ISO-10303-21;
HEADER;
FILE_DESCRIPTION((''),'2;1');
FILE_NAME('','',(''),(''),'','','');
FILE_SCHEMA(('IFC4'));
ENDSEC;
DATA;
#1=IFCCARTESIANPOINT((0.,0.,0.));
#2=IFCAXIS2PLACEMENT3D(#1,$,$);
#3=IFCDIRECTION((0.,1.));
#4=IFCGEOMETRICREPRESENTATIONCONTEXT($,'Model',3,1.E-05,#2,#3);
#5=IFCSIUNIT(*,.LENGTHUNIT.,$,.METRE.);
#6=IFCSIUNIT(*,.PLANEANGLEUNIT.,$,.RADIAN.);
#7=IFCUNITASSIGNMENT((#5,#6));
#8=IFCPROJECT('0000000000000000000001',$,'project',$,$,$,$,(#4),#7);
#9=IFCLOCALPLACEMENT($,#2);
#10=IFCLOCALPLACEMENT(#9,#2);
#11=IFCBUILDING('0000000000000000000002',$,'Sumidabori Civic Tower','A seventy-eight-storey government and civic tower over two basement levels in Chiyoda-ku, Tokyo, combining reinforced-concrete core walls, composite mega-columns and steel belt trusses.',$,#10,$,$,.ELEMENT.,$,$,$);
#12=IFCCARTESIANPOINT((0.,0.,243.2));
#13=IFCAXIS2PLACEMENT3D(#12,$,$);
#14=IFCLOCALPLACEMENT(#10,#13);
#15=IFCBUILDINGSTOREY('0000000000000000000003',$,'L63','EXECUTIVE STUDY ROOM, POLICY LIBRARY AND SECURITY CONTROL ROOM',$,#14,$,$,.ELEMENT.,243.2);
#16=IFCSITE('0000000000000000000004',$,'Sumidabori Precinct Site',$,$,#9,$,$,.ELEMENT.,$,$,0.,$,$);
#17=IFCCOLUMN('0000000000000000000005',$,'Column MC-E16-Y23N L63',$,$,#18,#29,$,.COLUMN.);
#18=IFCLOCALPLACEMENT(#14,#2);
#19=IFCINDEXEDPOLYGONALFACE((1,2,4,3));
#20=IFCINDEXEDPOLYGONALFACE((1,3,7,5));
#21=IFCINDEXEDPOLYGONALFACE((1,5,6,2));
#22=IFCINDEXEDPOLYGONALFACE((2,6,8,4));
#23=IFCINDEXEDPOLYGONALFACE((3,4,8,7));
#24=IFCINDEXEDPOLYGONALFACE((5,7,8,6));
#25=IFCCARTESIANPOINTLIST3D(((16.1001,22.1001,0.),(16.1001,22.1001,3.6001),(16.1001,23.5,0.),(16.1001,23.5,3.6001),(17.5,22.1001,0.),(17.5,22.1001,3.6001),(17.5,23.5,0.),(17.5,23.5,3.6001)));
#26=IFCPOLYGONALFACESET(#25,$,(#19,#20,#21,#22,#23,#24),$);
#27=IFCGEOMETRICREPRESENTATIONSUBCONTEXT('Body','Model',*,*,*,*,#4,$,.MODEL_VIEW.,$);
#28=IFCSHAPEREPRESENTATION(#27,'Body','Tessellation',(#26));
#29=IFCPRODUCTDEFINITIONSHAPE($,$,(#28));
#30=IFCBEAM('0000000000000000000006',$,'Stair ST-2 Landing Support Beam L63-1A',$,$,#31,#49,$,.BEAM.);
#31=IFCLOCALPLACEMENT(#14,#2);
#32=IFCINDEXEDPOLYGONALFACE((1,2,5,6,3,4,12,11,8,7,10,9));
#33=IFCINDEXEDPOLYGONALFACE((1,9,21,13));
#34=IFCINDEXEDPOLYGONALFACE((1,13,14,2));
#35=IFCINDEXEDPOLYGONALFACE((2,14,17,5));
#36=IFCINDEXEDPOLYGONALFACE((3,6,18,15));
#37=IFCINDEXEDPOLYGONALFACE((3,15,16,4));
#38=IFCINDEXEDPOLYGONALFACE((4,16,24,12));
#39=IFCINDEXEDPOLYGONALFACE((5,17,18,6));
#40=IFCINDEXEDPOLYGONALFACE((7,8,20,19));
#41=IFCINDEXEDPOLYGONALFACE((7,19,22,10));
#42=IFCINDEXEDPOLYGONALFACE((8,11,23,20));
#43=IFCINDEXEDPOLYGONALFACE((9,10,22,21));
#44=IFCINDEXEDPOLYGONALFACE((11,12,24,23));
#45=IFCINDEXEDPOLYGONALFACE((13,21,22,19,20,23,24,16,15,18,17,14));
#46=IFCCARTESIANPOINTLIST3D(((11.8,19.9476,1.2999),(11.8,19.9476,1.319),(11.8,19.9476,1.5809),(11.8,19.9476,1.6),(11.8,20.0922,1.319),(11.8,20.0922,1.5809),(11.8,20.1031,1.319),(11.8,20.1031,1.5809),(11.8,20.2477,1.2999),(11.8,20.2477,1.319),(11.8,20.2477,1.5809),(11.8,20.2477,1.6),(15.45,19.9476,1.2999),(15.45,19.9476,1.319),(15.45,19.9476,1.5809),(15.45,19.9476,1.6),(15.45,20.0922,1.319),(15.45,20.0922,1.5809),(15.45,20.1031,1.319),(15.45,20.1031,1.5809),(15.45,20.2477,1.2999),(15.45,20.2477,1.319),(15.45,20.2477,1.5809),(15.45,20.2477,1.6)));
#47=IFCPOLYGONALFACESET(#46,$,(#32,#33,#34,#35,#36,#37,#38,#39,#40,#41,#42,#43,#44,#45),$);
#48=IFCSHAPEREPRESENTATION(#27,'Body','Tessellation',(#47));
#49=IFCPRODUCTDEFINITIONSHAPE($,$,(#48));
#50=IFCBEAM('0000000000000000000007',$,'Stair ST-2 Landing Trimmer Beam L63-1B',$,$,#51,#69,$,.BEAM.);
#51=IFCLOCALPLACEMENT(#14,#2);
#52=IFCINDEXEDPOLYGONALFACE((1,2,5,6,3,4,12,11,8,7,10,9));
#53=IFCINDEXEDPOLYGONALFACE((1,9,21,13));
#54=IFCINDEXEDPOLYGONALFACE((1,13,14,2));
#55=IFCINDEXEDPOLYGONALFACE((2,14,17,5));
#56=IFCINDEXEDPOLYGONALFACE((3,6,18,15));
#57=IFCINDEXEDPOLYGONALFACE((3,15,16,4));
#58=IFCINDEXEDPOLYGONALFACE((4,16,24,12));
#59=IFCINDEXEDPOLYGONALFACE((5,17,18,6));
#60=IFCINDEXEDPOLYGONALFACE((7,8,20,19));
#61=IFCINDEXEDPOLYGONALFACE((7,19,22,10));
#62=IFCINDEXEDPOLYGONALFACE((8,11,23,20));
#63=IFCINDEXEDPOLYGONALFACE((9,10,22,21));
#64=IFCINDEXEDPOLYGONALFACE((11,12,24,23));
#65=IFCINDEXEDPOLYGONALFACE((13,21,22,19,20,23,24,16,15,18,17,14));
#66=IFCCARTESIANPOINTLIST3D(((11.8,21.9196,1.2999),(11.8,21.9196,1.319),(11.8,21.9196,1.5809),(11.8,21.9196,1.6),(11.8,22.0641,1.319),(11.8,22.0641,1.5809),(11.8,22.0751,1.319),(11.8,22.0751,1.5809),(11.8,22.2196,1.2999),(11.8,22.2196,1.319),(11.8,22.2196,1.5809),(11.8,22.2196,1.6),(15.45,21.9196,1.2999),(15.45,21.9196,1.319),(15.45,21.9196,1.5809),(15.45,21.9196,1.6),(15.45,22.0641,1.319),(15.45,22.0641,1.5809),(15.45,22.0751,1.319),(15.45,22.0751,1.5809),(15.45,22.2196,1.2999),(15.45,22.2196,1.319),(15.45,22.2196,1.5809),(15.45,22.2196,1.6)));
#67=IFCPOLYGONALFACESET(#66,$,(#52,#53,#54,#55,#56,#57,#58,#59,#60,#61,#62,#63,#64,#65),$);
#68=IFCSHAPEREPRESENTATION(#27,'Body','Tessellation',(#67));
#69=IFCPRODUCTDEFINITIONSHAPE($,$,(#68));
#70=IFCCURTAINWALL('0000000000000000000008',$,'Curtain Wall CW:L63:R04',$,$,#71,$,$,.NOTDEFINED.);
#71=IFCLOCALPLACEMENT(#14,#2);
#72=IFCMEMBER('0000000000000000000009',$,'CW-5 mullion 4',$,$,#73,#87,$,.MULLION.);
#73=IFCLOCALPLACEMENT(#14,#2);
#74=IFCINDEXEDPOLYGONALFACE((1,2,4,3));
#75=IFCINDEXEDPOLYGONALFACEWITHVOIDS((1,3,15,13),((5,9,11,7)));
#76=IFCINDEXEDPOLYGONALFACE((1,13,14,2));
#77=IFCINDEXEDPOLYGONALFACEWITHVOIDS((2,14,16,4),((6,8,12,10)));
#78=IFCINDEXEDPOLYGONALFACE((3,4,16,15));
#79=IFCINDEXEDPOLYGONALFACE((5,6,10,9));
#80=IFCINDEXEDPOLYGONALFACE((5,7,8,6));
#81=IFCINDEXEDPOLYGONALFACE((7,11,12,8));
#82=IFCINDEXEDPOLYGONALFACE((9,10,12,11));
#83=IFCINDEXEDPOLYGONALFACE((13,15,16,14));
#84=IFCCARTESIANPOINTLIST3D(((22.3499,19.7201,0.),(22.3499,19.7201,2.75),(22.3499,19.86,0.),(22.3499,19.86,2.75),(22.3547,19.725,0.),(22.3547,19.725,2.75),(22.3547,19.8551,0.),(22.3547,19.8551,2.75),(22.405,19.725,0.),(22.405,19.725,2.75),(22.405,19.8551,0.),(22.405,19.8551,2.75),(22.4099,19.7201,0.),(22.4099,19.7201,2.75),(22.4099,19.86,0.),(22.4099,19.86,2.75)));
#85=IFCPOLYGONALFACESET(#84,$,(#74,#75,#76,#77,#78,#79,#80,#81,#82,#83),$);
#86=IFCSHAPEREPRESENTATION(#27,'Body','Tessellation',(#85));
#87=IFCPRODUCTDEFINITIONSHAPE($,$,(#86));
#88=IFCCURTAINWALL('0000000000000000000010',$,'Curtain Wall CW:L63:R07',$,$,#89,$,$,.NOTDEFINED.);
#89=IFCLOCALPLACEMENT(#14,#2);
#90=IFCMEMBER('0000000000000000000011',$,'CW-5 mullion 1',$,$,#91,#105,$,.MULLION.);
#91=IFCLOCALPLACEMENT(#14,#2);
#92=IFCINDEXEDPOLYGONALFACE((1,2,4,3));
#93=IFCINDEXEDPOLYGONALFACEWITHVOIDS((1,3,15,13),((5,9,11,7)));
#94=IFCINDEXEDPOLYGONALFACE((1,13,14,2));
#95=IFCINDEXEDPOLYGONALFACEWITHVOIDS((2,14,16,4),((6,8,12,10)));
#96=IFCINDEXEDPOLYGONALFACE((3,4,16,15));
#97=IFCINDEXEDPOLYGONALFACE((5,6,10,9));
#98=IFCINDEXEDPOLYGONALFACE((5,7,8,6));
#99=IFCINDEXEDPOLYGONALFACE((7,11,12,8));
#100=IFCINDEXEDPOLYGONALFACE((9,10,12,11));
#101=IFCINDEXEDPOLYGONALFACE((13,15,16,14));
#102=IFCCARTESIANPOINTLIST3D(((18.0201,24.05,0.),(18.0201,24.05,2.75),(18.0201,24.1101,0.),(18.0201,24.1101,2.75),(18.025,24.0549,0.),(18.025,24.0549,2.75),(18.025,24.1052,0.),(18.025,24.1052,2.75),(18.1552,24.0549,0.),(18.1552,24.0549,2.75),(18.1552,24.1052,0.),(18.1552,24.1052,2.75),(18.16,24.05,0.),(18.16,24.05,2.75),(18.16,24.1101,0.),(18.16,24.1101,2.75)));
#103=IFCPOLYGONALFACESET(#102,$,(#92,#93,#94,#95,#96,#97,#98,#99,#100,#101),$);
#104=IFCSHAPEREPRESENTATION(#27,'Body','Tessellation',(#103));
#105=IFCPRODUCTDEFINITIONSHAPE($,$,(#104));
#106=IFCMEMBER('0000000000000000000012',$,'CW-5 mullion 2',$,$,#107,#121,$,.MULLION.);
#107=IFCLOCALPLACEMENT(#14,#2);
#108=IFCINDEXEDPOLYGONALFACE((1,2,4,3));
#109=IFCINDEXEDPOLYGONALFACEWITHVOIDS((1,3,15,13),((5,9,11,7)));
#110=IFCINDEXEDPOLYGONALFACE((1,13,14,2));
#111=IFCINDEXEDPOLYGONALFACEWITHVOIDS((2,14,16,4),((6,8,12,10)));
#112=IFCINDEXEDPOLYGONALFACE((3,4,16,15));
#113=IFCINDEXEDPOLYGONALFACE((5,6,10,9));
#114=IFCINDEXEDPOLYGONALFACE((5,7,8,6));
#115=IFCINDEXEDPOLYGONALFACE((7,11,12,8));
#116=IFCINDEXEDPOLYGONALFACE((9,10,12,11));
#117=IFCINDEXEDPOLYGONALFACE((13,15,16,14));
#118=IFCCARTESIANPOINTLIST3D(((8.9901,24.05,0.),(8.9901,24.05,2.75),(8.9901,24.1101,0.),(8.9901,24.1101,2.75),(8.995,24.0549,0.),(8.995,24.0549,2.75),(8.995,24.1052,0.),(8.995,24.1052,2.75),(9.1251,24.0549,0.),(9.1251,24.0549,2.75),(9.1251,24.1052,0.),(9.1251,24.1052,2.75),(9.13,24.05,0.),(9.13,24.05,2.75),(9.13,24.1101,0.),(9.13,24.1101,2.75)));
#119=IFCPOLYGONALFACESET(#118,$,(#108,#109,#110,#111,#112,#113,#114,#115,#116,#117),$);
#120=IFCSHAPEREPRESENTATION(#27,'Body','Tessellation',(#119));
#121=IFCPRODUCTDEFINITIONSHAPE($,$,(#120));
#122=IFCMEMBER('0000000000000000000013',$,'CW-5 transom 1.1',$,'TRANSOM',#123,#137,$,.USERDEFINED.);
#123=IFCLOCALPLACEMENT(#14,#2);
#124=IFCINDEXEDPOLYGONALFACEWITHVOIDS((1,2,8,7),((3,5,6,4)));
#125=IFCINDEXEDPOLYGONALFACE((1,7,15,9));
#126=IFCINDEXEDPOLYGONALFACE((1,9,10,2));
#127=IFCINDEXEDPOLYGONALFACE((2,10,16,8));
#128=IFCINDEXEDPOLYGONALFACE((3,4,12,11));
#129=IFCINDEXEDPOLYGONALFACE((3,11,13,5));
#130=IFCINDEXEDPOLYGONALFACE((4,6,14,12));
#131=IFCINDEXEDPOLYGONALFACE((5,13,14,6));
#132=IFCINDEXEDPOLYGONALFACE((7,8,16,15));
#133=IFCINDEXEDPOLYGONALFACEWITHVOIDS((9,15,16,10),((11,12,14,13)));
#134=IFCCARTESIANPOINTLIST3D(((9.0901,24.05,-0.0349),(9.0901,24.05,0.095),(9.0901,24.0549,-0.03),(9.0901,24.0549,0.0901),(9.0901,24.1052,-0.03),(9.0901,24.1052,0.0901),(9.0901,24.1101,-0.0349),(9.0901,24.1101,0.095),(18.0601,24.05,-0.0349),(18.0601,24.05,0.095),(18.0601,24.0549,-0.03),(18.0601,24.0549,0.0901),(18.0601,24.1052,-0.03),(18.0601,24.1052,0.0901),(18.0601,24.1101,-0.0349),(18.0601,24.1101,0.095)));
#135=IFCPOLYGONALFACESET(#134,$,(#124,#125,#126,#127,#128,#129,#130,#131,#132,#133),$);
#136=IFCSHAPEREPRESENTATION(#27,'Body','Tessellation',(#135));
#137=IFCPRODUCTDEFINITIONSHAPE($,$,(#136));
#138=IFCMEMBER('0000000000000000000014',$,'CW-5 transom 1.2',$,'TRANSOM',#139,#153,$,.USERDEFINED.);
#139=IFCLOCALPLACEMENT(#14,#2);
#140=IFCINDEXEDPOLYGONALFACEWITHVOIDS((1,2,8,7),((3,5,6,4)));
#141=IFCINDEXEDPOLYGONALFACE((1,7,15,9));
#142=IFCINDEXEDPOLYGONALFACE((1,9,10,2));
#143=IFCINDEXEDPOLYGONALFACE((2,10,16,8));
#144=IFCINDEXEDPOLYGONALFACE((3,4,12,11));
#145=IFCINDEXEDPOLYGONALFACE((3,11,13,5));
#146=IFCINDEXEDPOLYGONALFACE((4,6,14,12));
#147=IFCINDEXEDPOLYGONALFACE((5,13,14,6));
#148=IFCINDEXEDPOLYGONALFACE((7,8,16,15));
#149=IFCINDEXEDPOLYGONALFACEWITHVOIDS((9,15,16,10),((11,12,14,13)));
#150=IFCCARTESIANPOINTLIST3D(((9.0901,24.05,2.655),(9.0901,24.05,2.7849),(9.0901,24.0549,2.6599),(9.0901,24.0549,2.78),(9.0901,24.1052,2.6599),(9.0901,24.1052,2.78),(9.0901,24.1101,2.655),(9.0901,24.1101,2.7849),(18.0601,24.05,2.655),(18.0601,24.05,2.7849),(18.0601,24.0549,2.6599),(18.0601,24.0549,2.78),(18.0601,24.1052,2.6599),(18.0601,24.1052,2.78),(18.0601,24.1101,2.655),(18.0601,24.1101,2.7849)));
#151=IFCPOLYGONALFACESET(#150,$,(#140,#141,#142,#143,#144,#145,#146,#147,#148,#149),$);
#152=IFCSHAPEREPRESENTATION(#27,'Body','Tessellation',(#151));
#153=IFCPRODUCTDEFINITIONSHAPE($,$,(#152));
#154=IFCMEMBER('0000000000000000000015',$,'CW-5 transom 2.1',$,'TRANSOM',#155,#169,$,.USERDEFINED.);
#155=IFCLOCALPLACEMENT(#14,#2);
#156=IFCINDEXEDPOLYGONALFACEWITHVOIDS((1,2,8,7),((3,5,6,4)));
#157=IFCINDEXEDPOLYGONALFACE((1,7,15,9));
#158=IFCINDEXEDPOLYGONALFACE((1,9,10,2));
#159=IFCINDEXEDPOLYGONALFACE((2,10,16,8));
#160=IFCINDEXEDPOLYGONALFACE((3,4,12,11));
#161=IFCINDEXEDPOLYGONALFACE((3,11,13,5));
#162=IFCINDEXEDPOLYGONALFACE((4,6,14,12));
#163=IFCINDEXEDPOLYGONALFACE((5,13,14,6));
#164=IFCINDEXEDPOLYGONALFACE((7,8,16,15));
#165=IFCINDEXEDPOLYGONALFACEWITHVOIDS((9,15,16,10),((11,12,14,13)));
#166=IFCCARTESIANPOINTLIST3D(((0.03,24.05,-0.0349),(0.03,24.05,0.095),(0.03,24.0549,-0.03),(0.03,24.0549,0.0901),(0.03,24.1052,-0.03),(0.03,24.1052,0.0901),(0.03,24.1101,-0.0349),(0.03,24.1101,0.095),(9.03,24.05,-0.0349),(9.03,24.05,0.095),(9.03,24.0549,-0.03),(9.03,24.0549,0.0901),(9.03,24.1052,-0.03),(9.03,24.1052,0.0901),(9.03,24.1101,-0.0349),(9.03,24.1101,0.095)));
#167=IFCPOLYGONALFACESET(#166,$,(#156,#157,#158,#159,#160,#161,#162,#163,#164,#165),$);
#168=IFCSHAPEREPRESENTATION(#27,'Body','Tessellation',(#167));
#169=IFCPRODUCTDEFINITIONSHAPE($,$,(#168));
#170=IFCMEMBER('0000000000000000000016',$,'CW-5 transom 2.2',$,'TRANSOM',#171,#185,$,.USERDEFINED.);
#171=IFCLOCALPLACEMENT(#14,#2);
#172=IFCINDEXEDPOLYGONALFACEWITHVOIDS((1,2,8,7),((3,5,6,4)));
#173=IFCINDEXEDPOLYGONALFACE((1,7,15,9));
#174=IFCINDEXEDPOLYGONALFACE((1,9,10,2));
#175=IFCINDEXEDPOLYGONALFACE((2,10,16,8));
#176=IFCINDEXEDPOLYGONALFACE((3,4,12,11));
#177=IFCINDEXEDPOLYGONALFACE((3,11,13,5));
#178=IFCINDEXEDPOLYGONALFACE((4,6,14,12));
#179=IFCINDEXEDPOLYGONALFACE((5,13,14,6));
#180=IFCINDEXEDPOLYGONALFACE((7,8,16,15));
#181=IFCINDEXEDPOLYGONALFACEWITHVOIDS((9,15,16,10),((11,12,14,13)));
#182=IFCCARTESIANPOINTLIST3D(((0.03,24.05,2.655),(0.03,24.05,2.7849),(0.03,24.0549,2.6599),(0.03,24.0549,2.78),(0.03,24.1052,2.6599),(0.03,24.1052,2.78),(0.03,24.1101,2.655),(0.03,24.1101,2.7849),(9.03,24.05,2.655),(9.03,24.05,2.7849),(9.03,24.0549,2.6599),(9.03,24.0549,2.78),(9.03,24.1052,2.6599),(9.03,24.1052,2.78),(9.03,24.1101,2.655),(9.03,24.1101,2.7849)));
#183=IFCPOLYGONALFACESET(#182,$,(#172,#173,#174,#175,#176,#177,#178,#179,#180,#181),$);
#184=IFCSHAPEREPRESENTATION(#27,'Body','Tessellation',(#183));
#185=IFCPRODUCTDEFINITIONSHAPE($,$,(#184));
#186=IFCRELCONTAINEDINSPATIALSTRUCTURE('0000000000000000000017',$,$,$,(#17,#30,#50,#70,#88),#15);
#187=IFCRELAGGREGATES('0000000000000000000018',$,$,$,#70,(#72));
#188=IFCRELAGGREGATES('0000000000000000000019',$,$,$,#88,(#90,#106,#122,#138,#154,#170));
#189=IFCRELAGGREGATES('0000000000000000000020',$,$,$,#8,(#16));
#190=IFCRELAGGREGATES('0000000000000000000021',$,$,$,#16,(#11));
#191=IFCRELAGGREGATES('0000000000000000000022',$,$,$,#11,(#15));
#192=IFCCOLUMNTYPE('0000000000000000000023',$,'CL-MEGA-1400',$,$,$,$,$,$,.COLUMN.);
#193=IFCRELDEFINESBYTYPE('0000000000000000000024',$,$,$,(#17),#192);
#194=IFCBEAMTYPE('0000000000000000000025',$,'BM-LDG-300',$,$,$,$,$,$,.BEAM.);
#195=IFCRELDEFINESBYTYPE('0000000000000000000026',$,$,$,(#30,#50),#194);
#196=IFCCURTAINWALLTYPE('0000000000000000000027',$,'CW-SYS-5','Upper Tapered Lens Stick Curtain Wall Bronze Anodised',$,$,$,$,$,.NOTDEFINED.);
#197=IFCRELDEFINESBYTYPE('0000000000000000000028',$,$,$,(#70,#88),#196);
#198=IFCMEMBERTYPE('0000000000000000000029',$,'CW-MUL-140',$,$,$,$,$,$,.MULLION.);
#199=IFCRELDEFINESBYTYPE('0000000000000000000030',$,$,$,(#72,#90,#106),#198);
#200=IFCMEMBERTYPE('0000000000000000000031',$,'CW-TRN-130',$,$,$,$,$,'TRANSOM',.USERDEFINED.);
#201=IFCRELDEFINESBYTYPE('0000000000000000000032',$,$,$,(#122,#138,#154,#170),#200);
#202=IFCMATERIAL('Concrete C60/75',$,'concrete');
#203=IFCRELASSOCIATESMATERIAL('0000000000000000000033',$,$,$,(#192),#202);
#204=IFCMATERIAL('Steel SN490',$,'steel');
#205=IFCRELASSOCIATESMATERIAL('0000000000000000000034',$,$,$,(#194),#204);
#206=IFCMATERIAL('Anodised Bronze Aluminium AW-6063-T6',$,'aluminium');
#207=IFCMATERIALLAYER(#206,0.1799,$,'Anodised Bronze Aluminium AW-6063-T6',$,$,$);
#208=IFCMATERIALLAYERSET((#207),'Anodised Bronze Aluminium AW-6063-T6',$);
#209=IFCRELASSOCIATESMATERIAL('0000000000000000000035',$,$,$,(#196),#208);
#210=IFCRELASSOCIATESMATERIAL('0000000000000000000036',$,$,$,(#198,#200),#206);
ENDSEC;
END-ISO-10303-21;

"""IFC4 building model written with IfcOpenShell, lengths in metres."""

from ifc_helpers import new_model, si_unit, direction, frame, origin, origin_2d, place, context, subcontext, project, spatial, rectangle, hollow_rectangle, i_section, extrude, source, transform, mapped, material, layer, layer_set, material_profile, profile_set, type_object, element, aggregate, save


model = new_model("IFC4")

# Units and contexts
model_context = context("Model", 3, precision=1e-05, world=origin(), true_north=direction((0.0, 1.0)))
body_context = subcontext(model_context, "Body", "Model", "MODEL_VIEW")
ifc_project = project(units=[si_unit("LENGTHUNIT", "METRE"), si_unit("PLANEANGLEUNIT", "RADIAN")], contexts=[model_context])

# Site, building, storey
site_placement = place(None, origin())
site = spatial("IfcSite", under=ifc_project, at=site_placement, Name="Sumidabori Precinct Site", CompositionType="ELEMENT", RefElevation=0.0)
building_placement = place(site_placement, origin())
building = spatial("IfcBuilding", under=site, at=building_placement, Name="Sumidabori Civic Tower", Description="A seventy-eight-storey government and civic tower over two basement levels in Chiyoda-ku, Tokyo, combining reinforced-concrete core walls, composite mega-columns and steel belt trusses.", CompositionType="ELEMENT")
storey_placement = place(building_placement, frame((0.0, 0.0, 243.2)))
storey = spatial("IfcBuildingStorey", under=building, at=storey_placement, Name="L63", Description="EXECUTIVE STUDY ROOM, POLICY LIBRARY AND SECURITY CONTROL ROOM", CompositionType="ELEMENT", Elevation=243.2)

# Column
ifc_material_1 = material(Name="Concrete C60/75", Category="concrete")
ifc_material_profile_1 = material_profile(ifc_material_1, rectangle(XDim=1.3999, YDim=1.3999, at=origin_2d()), Name="RC 1400x1400")
ifc_profile_set_1 = profile_set([ifc_material_profile_1], Name="Concrete C60/75")
column_type = type_object("IfcColumnType", Name="CL-MEGA-1400", PredefinedType="COLUMN", material=ifc_profile_set_1)
shared_shape_1 = source(origin(), body_context, "Body", "SweptSolid", [
    extrude(rectangle(XDim=1.3999, YDim=1.3999, at=origin_2d()), origin(), (0.0, 0.0, 1.0), 3.6001),
])
column_placement = place(storey_placement, frame((16.8, 22.8, 0.0), z_axis=(0.0, 0.0, 1.0), x_axis=(1.0, 0.0, 0.0)))
element("IfcColumn", 1, at=column_placement, inside=storey, type_object=column_type, Name="Column MC-E16-Y23N L63", PredefinedType="COLUMN", context=body_context, shape_type="MappedRepresentation", body=[
    mapped(shared_shape_1, transform((0.0, 0.0, 0.0), x_axis=(1.0, 0.0, 0.0), y_axis=(0.0, 1.0, 0.0), z_axis=(0.0, 0.0, 1.0), scale=1.0)),
])

# Beams
ifc_material_2 = material(Name="Steel SN490", Category="steel")
ifc_material_profile_2 = material_profile(ifc_material_2, i_section(OverallWidth=0.3, OverallDepth=0.3, WebThickness=0.011, FlangeThickness=0.019, at=origin_2d()), Name="HE 300 B")
ifc_profile_set_2 = profile_set([ifc_material_profile_2], Name="Steel SN490")
beam_type = type_object("IfcBeamType", Name="BM-LDG-300", PredefinedType="BEAM", material=ifc_profile_set_2)
shared_shape_2 = source(origin(), body_context, "Body", "SweptSolid", [
    extrude(i_section(OverallWidth=0.3, OverallDepth=0.3, WebThickness=0.011, FlangeThickness=0.019, at=origin_2d()), origin(), (0.0, 0.0, 1.0), 3.6499),
])
for number, where, z_axis, x_axis, name in (
    (2, (11.8, 20.0977, 1.45), (1.0, 0.0, 0.0), (0.0, 1.0, 0.0), "Stair ST-2 Landing Support Beam L63-1A"),
    (3, (11.8, 22.0696, 1.45), (1.0, 0.0, 0.0), (0.0, 1.0, 0.0), "Stair ST-2 Landing Trimmer Beam L63-1B"),
):
    element("IfcBeam", number, at=place(storey_placement, frame(where, z_axis=z_axis, x_axis=x_axis)), inside=storey, type_object=beam_type, Name=name, PredefinedType="BEAM", context=body_context, shape_type="MappedRepresentation", body=[
        mapped(shared_shape_2, transform((0.0, 0.0, 0.0), x_axis=(1.0, 0.0, 0.0), y_axis=(0.0, 1.0, 0.0), z_axis=(0.0, 0.0, 1.0), scale=1.0)),
    ])

# Curtain wall, member
ifc_material_3 = material(Name="Anodised Bronze Aluminium AW-6063-T6", Category="aluminium")
ifc_layer_1 = layer(ifc_material_3, 0.1799, Name="Anodised Bronze Aluminium AW-6063-T6")
ifc_layer_set_1 = layer_set([ifc_layer_1], Name="Anodised Bronze Aluminium AW-6063-T6")
curtain_wall_type = type_object("IfcCurtainWallType", Name="CW-SYS-5", Description="Upper Tapered Lens Stick Curtain Wall Bronze Anodised", PredefinedType="NOTDEFINED", material=ifc_layer_set_1)
curtain_wall_1_placement = place(storey_placement, origin())
curtain_wall_1 = element("IfcCurtainWall", 4, at=curtain_wall_1_placement, inside=storey, type_object=curtain_wall_type, Name="Curtain Wall CW:L63:R04", PredefinedType="NOTDEFINED")
ifc_material_profile_3 = material_profile(ifc_material_3, hollow_rectangle(XDim=0.0601, YDim=0.1399, WallThickness=0.0049, at=origin_2d()), Name="ALU MULLION 140x60")
ifc_profile_set_3 = profile_set([ifc_material_profile_3], Name="Anodised Bronze Aluminium AW-6063-T6")
member_type_1 = type_object("IfcMemberType", Name="CW-MUL-140", PredefinedType="MULLION", material=ifc_profile_set_3)
shared_shape_3 = source(origin(), body_context, "Body", "SweptSolid", [
    extrude(hollow_rectangle(XDim=0.0601, YDim=0.1399, WallThickness=0.0049, at=origin_2d()), origin(), (0.0, 0.0, 1.0), 2.75),
])
member_1_placement = place(storey_placement, frame((22.3799, 19.79, 0.0), z_axis=(0.0, 0.0, 1.0), x_axis=(-1.0, 0.0, 0.0)))
member_1 = element("IfcMember", 5, at=member_1_placement, type_object=member_type_1, Name="CW-5 mullion 4", PredefinedType="MULLION", context=body_context, shape_type="MappedRepresentation", body=[
    mapped(shared_shape_3, transform((0.0, 0.0, 0.0), x_axis=(1.0, 0.0, 0.0), y_axis=(0.0, 1.0, 0.0), z_axis=(0.0, 0.0, 1.0), scale=1.0)),
])
aggregate(curtain_wall_1, [member_1])

# Curtain wall, members
curtain_wall_2_placement = place(storey_placement, origin())
curtain_wall_2 = element("IfcCurtainWall", 6, at=curtain_wall_2_placement, inside=storey, type_object=curtain_wall_type, Name="Curtain Wall CW:L63:R07", PredefinedType="NOTDEFINED")
member_2_placement = place(storey_placement, frame((18.0901, 24.0801, 0.0), z_axis=(0.0, 0.0, 1.0), x_axis=(0.0, -1.0, 0.0)))
member_2 = element("IfcMember", 7, at=member_2_placement, type_object=member_type_1, Name="CW-5 mullion 1", PredefinedType="MULLION", context=body_context, shape_type="MappedRepresentation", body=[
    mapped(shared_shape_3, transform((0.0, 0.0, 0.0), x_axis=(1.0, 0.0, 0.0), y_axis=(0.0, 1.0, 0.0), z_axis=(0.0, 0.0, 1.0), scale=1.0)),
])
member_3_placement = place(storey_placement, frame((9.0601, 24.0801, 0.0), z_axis=(0.0, 0.0, 1.0), x_axis=(0.0, -1.0, 0.0)))
member_3 = element("IfcMember", 8, at=member_3_placement, type_object=member_type_1, Name="CW-5 mullion 2", PredefinedType="MULLION", context=body_context, shape_type="MappedRepresentation", body=[
    mapped(shared_shape_3, transform((0.0, 0.0, 0.0), x_axis=(1.0, 0.0, 0.0), y_axis=(0.0, 1.0, 0.0), z_axis=(0.0, 0.0, 1.0), scale=1.0)),
])
ifc_material_profile_4 = material_profile(ifc_material_3, hollow_rectangle(XDim=0.0601, YDim=0.1299, WallThickness=0.0049, at=origin_2d()), Name="ALU TRANSOM 130x60")
ifc_profile_set_4 = profile_set([ifc_material_profile_4], Name="Anodised Bronze Aluminium AW-6063-T6")
member_type_2 = type_object("IfcMemberType", Name="CW-TRN-130", ElementType="TRANSOM", PredefinedType="USERDEFINED", material=ifc_profile_set_4)
shared_shape_4 = source(origin(), body_context, "Body", "SweptSolid", [
    extrude(hollow_rectangle(XDim=0.0601, YDim=0.1299, WallThickness=0.0049, at=origin_2d()), origin(), (0.0, 0.0, 1.0), 8.97),
])
member_4_placement = place(storey_placement, frame((18.0601, 24.0801, 0.03), z_axis=(-1.0, 0.0, 0.0), x_axis=(0.0, -1.0, 0.0)))
member_4 = element("IfcMember", 9, at=member_4_placement, type_object=member_type_2, Name="CW-5 transom 1.1", ObjectType="TRANSOM", PredefinedType="USERDEFINED", context=body_context, shape_type="MappedRepresentation", body=[
    mapped(shared_shape_4, transform((0.0, 0.0, 0.0), x_axis=(1.0, 0.0, 0.0), y_axis=(0.0, 1.0, 0.0), z_axis=(0.0, 0.0, 1.0), scale=1.0)),
])
member_5_placement = place(storey_placement, frame((18.0601, 24.0801, 2.72), z_axis=(-1.0, 0.0, 0.0), x_axis=(0.0, -1.0, 0.0)))
member_5 = element("IfcMember", 10, at=member_5_placement, type_object=member_type_2, Name="CW-5 transom 1.2", ObjectType="TRANSOM", PredefinedType="USERDEFINED", context=body_context, shape_type="MappedRepresentation", body=[
    mapped(shared_shape_4, transform((0.0, 0.0, 0.0), x_axis=(1.0, 0.0, 0.0), y_axis=(0.0, 1.0, 0.0), z_axis=(0.0, 0.0, 1.0), scale=1.0)),
])
shared_shape_5 = source(origin(), body_context, "Body", "SweptSolid", [
    extrude(hollow_rectangle(XDim=0.0601, YDim=0.1299, WallThickness=0.0049, at=origin_2d()), origin(), (0.0, 0.0, 1.0), 9.0),
])
member_6_placement = place(storey_placement, frame((9.03, 24.0801, 0.03), z_axis=(-1.0, 0.0, 0.0), x_axis=(0.0, -1.0, 0.0)))
member_6 = element("IfcMember", 11, at=member_6_placement, type_object=member_type_2, Name="CW-5 transom 2.1", ObjectType="TRANSOM", PredefinedType="USERDEFINED", context=body_context, shape_type="MappedRepresentation", body=[
    mapped(shared_shape_5, transform((0.0, 0.0, 0.0), x_axis=(1.0, 0.0, 0.0), y_axis=(0.0, 1.0, 0.0), z_axis=(0.0, 0.0, 1.0), scale=1.0)),
])
member_7_placement = place(storey_placement, frame((9.03, 24.0801, 2.72), z_axis=(-1.0, 0.0, 0.0), x_axis=(0.0, -1.0, 0.0)))
member_7 = element("IfcMember", 12, at=member_7_placement, type_object=member_type_2, Name="CW-5 transom 2.2", ObjectType="TRANSOM", PredefinedType="USERDEFINED", context=body_context, shape_type="MappedRepresentation", body=[
    mapped(shared_shape_5, transform((0.0, 0.0, 0.0), x_axis=(1.0, 0.0, 0.0), y_axis=(0.0, 1.0, 0.0), z_axis=(0.0, 0.0, 1.0), scale=1.0)),
])
aggregate(curtain_wall_2, [member_2, member_3, member_4, member_5, member_6, member_7])

save(model, "model.ifc")
